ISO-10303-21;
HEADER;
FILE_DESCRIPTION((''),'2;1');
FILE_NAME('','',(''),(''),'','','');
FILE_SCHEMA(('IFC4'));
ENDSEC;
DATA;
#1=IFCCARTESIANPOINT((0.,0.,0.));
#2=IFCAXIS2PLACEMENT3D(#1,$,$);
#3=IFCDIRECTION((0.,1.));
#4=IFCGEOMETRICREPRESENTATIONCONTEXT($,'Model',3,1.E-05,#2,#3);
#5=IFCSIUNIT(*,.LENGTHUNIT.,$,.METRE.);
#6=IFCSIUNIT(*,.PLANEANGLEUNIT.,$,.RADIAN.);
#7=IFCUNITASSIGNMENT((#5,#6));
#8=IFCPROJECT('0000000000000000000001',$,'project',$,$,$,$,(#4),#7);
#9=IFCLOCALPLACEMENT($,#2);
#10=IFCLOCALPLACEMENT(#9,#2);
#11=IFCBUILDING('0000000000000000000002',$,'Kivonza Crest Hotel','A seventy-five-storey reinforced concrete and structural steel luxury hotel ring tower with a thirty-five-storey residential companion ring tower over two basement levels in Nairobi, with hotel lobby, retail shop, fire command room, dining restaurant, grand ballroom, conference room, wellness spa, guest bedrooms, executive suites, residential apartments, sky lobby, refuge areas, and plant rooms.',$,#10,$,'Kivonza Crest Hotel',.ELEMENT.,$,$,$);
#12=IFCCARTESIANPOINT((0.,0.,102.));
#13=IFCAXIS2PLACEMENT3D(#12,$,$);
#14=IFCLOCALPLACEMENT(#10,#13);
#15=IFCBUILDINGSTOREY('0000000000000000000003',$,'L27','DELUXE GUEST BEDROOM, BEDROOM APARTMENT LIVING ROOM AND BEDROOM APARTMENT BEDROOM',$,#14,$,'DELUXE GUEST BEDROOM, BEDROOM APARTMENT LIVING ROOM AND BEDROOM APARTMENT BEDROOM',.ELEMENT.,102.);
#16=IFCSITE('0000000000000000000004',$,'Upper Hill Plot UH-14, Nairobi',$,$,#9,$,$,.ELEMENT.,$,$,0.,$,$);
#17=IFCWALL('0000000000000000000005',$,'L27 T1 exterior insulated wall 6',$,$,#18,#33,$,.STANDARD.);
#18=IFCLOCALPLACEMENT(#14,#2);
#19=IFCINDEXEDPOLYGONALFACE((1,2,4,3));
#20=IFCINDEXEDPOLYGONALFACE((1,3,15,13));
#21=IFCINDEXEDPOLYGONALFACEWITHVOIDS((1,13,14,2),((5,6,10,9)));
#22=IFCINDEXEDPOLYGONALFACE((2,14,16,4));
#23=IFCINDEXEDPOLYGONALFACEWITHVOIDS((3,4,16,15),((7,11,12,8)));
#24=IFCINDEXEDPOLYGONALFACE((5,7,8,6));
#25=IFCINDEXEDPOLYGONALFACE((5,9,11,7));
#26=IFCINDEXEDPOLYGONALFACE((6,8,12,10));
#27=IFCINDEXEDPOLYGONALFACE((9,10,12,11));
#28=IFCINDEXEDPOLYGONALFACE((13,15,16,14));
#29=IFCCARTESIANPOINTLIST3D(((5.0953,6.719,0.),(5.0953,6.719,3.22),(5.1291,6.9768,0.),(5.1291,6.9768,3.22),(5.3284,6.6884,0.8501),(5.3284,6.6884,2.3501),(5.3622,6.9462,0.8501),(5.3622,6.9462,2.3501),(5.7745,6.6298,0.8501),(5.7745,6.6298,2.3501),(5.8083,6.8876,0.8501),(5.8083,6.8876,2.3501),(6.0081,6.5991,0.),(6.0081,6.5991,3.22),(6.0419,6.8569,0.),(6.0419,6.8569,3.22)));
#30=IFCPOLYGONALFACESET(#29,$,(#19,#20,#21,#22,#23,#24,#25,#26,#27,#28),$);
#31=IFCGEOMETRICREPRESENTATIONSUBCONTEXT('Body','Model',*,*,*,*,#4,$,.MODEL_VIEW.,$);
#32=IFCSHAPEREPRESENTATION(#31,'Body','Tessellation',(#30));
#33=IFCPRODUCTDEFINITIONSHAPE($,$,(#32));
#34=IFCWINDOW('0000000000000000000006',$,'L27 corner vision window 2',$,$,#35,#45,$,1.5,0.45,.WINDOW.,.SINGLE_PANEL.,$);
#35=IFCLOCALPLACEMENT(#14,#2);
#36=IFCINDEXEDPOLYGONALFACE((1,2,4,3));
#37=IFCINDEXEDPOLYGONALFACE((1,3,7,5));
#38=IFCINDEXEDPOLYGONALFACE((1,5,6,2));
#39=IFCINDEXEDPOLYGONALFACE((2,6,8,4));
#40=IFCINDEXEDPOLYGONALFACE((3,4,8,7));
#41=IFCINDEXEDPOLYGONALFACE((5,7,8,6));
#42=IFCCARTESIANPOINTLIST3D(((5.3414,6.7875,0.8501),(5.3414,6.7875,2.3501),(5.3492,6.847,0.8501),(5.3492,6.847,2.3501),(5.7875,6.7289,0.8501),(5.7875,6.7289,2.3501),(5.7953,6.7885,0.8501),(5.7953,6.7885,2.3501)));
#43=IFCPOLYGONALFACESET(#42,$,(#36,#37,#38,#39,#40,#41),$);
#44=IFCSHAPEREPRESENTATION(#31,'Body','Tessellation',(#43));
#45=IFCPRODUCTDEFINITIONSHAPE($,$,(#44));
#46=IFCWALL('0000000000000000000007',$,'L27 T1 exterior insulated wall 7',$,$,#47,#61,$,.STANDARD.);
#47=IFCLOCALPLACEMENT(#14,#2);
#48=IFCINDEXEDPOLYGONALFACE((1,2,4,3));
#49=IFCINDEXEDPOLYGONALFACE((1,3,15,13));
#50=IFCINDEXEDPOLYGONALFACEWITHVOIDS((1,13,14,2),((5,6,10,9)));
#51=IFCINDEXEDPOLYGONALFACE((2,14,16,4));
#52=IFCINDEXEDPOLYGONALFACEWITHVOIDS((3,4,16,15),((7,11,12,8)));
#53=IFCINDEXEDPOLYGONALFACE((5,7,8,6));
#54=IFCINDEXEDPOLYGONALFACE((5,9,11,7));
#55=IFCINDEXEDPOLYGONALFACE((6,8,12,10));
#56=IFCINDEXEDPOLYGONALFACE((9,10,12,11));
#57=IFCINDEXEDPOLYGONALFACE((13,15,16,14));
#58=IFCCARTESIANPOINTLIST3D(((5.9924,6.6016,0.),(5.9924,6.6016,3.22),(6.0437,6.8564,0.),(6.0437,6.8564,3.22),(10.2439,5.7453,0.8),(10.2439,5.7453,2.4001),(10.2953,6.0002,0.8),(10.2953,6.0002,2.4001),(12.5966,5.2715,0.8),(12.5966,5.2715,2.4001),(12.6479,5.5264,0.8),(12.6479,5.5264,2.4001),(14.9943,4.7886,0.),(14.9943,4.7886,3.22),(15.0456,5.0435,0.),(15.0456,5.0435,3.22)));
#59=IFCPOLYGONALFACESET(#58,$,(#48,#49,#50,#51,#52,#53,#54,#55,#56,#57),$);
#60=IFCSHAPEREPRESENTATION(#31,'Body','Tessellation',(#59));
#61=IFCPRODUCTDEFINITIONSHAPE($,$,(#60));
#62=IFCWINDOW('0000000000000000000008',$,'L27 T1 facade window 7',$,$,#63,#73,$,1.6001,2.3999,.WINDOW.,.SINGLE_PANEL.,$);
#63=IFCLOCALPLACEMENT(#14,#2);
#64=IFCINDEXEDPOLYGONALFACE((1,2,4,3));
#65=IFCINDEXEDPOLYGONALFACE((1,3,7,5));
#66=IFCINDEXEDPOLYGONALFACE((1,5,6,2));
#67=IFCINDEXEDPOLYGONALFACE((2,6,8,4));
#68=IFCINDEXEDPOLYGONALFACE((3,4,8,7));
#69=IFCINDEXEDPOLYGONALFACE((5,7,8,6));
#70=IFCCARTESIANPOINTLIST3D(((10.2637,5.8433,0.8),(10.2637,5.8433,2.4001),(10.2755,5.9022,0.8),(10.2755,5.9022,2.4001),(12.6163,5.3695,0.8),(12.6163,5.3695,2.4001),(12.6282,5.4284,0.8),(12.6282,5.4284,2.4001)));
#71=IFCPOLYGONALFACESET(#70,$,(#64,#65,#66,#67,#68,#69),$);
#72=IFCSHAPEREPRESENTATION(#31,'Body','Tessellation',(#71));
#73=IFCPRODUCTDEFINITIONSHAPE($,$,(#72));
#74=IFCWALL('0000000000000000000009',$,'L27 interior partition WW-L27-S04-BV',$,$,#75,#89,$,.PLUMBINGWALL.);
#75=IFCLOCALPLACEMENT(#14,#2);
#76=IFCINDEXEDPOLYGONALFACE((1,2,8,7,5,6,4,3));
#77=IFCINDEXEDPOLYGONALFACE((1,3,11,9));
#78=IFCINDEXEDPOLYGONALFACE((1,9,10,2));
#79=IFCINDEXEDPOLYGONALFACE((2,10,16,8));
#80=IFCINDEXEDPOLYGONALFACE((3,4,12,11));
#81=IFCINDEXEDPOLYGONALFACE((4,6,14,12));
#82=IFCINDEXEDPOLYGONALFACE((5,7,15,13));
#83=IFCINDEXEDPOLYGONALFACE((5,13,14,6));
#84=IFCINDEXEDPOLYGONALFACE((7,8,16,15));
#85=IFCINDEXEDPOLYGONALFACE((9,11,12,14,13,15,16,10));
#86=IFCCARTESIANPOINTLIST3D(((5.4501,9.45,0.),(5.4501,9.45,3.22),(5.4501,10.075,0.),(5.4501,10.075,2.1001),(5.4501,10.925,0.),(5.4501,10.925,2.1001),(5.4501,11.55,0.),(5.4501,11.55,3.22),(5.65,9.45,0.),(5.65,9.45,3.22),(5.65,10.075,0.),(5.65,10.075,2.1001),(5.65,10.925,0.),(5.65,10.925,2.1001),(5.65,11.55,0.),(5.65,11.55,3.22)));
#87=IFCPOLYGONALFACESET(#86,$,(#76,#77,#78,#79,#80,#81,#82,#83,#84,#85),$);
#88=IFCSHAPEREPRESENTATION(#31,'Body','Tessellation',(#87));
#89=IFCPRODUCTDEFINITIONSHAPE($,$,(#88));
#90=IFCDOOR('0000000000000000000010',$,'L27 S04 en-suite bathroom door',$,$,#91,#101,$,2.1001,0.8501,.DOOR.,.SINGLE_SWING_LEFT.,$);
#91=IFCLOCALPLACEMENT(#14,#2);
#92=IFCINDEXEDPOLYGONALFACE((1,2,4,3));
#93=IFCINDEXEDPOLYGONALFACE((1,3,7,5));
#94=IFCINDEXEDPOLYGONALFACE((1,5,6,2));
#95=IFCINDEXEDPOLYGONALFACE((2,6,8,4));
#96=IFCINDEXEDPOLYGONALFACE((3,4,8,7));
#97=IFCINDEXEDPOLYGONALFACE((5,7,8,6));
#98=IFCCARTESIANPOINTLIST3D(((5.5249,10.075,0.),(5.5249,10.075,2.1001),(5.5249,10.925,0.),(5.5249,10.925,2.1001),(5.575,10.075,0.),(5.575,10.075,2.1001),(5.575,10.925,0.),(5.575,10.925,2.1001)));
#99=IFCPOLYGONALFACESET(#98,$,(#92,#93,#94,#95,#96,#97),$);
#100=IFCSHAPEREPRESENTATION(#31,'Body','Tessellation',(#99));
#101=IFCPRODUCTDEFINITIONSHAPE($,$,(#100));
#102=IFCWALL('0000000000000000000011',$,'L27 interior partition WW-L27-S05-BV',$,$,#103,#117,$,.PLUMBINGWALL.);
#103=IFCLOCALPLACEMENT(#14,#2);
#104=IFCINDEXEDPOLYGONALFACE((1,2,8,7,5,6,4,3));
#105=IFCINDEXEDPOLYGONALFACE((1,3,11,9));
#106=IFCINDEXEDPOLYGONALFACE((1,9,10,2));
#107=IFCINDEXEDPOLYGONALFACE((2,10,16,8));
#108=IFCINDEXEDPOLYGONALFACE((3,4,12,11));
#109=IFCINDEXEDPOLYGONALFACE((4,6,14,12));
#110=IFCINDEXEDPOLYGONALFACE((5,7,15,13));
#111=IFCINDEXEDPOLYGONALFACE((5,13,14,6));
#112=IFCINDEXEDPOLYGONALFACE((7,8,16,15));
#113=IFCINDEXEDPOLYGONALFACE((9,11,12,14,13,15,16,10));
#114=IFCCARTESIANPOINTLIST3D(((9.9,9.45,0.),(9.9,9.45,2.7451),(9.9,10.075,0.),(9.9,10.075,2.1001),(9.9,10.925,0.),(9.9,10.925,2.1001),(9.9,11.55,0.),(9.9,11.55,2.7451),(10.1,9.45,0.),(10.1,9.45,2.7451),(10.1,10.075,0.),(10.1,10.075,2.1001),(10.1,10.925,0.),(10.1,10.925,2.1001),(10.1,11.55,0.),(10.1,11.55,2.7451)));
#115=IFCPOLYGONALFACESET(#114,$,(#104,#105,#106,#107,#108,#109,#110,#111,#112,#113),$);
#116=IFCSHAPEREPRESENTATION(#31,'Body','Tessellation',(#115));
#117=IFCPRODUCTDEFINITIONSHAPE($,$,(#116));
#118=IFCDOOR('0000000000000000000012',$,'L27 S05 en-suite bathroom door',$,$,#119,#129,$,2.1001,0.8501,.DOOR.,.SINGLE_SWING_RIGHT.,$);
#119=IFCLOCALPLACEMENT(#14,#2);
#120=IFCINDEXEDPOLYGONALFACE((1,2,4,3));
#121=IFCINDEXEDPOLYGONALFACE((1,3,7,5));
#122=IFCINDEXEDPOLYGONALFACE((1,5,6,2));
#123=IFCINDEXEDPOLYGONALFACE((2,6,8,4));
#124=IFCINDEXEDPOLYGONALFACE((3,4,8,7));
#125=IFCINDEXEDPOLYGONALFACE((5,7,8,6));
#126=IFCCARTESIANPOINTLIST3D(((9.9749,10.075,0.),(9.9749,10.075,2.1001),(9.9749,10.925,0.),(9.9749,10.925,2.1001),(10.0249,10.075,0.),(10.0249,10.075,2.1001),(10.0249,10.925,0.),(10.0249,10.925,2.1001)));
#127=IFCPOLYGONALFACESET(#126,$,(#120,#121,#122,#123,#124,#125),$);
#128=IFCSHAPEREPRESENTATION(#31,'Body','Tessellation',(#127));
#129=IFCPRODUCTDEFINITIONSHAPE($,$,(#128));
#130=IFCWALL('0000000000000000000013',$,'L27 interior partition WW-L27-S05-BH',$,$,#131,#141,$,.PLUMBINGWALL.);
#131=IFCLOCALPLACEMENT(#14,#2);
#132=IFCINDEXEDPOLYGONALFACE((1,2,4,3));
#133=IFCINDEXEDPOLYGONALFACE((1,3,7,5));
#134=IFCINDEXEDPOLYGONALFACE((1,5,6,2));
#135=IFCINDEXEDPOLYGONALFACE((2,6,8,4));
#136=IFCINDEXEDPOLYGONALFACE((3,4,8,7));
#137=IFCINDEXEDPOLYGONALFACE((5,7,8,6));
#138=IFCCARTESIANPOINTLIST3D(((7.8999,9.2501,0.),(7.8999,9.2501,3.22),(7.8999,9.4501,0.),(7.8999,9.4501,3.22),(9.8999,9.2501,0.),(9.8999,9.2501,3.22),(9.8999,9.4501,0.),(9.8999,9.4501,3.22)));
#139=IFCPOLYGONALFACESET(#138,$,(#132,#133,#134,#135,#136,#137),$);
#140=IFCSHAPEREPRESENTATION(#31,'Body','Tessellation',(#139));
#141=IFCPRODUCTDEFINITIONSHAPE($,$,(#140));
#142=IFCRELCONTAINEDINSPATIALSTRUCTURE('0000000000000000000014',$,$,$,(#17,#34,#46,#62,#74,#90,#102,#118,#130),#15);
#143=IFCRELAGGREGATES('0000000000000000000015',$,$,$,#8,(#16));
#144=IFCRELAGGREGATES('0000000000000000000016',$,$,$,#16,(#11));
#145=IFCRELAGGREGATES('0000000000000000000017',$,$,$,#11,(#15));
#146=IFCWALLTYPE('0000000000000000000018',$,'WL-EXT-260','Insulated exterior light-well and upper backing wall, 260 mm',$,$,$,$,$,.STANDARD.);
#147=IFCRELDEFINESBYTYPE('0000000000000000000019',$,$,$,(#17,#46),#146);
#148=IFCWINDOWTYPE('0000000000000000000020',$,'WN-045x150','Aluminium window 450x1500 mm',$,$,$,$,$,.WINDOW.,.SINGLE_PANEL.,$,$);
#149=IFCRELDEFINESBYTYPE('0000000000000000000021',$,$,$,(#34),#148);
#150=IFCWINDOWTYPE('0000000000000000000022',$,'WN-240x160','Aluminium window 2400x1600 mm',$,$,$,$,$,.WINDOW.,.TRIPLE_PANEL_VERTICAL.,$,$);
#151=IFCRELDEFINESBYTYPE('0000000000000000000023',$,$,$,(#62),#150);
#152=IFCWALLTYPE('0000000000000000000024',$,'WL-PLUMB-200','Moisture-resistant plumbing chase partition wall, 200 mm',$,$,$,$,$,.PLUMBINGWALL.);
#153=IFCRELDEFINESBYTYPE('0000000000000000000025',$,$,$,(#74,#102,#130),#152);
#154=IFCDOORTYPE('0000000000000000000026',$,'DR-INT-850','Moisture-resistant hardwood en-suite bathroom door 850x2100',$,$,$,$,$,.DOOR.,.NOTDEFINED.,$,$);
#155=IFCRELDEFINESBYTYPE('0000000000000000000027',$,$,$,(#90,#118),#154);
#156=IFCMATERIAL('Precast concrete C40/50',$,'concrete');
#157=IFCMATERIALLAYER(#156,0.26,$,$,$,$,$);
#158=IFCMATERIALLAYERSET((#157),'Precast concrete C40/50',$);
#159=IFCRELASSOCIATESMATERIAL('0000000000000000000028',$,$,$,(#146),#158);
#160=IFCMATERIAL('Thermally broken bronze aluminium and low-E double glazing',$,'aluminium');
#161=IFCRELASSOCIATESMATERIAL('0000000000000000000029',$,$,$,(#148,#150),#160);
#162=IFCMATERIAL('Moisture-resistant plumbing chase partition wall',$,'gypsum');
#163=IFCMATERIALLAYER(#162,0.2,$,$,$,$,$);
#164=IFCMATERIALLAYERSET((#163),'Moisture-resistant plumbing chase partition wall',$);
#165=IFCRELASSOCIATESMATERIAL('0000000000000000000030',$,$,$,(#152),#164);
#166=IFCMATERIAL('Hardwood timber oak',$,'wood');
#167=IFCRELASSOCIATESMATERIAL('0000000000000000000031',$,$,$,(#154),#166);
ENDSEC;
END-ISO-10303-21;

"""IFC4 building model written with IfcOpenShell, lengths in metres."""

from ifc_helpers import new_model, si_unit, direction, frame, frame_2d, origin, place, context, subcontext, project, spatial, rectangle, extrude, material, layer, layer_set, type_object, element, fill, save


model = new_model("IFC4")

# Units and contexts
model_context = context("Model", 3, precision=1e-05, world=origin(), true_north=direction((0.0, 1.0)))
body_context = subcontext(model_context, "Body", "Model", "MODEL_VIEW")
ifc_project = project(units=[si_unit("LENGTHUNIT", "METRE"), si_unit("PLANEANGLEUNIT", "RADIAN")], contexts=[model_context])

# Site, building, storey
site_placement = place(None, origin())
site = spatial("IfcSite", under=ifc_project, at=site_placement, Name="Upper Hill Plot UH-14, Nairobi", CompositionType="ELEMENT", RefElevation=0.0)
building_placement = place(site_placement, origin())
building = spatial("IfcBuilding", under=site, at=building_placement, Name="Kivonza Crest Hotel", Description="A seventy-five-storey reinforced concrete and structural steel luxury hotel ring tower with a thirty-five-storey residential companion ring tower over two basement levels in Nairobi, with hotel lobby, retail shop, fire command room, dining restaurant, grand ballroom, conference room, wellness spa, guest bedrooms, executive suites, residential apartments, sky lobby, refuge areas, and plant rooms.", LongName="Kivonza Crest Hotel", CompositionType="ELEMENT")
storey_placement = place(building_placement, frame((0.0, 0.0, 102.0)))
storey = spatial("IfcBuildingStorey", under=building, at=storey_placement, Name="L27", Description="DELUXE GUEST BEDROOM, BEDROOM APARTMENT LIVING ROOM AND BEDROOM APARTMENT BEDROOM", LongName="DELUXE GUEST BEDROOM, BEDROOM APARTMENT LIVING ROOM AND BEDROOM APARTMENT BEDROOM", CompositionType="ELEMENT", Elevation=102.0)

# Shared definitions
ifc_material_1 = material(Name="Hardwood timber oak", Category="wood")

# Walls, openings, windows
ifc_material_2 = material(Name="Precast concrete C40/50", Category="concrete")
ifc_layer_1 = layer(ifc_material_2, 0.26)
ifc_layer_set_1 = layer_set([ifc_layer_1], Name="Precast concrete C40/50")
wall_type_1 = type_object("IfcWallType", Name="WL-EXT-260", Description="Insulated exterior light-well and upper backing wall, 260 mm", PredefinedType="STANDARD", material=ifc_layer_set_1)
wall_1_placement = place(storey_placement, frame((5.1121, 6.8479, 0.0), z_axis=(0.0, 0.0, 1.0), x_axis=(0.991488, -0.130201, 0.0)))
wall_1 = element("IfcWall", 1, at=wall_1_placement, inside=storey, type_object=wall_type_1, Name="L27 T1 exterior insulated wall 6", PredefinedType="STANDARD", context=body_context, shape_type="SweptSolid", body=[
    extrude(rectangle(XDim=0.9207, YDim=0.26, at=frame_2d((0.4604, 0.0))), origin(), (0.0, 0.0, 1.0), 3.22),
])
opening_1_placement = place(wall_1_placement, frame((0.2351, 0.0, 0.8501)))
opening_1 = element("IfcOpeningElement", 2, at=opening_1_placement, cuts=wall_1, PredefinedType="OPENING", context=body_context, shape_type="SweptSolid", body=[
    extrude(rectangle(XDim=0.45, YDim=1.5, at=frame_2d((0.2251, 0.75))), frame((0.0, 0.1401, 0.0), z_axis=(0.0, -1.0, 0.0), x_axis=(1.0, 0.0, 0.0)), (0.0, 0.0, 1.0), 0.28),
])
ifc_material_3 = material(Name="Thermally broken bronze aluminium and low-E double glazing", Category="aluminium")
window_type_1 = type_object("IfcWindowType", Name="WN-045x150", Description="Aluminium window 450x1500 mm", PartitioningType="SINGLE_PANEL", PredefinedType="WINDOW", material=ifc_material_3)
window_1_placement = place(opening_1_placement, origin())
window_1 = element("IfcWindow", 3, at=window_1_placement, inside=storey, type_object=window_type_1, Name="L27 corner vision window 2", OverallHeight=1.5, OverallWidth=0.45, PartitioningType="SINGLE_PANEL", PredefinedType="WINDOW", context=body_context, shape_type="SweptSolid", body=[
    extrude(rectangle(XDim=0.45, YDim=1.5, at=frame_2d((0.2251, 0.75))), frame((0.0, 0.03, 0.0), z_axis=(0.0, -1.0, 0.0), x_axis=(1.0, 0.0, 0.0)), (0.0, 0.0, 1.0), 0.0601),
])
fill(opening_1, window_1)
wall_2_placement = place(storey_placement, frame((6.0181, 6.729, 0.0), z_axis=(0.0, 0.0, 1.0), x_axis=(0.980316, -0.197435, 0.0)))
wall_2 = element("IfcWall", 4, at=wall_2_placement, inside=storey, type_object=wall_type_1, Name="L27 T1 exterior insulated wall 7", PredefinedType="STANDARD", context=body_context, shape_type="SweptSolid", body=[
    extrude(rectangle(XDim=9.1826, YDim=0.26, at=frame_2d((4.5913, 0.0))), origin(), (0.0, 0.0, 1.0), 3.22),
])
opening_2_placement = place(wall_2_placement, frame((4.3369, 0.0, 0.8)))
opening_2 = element("IfcOpeningElement", 5, at=opening_2_placement, cuts=wall_2, PredefinedType="OPENING", context=body_context, shape_type="SweptSolid", body=[
    extrude(rectangle(XDim=2.3999, YDim=1.6001, at=frame_2d((1.2, 0.8))), frame((0.0, 0.1401, 0.0), z_axis=(0.0, -1.0, 0.0), x_axis=(1.0, 0.0, 0.0)), (0.0, 0.0, 1.0), 0.28),
])
window_type_2 = type_object("IfcWindowType", Name="WN-240x160", Description="Aluminium window 2400x1600 mm", PartitioningType="TRIPLE_PANEL_VERTICAL", PredefinedType="WINDOW", material=ifc_material_3)
window_2_placement = place(opening_2_placement, origin())
window_2 = element("IfcWindow", 6, at=window_2_placement, inside=storey, type_object=window_type_2, Name="L27 T1 facade window 7", OverallHeight=1.6001, OverallWidth=2.3999, PartitioningType="SINGLE_PANEL", PredefinedType="WINDOW", context=body_context, shape_type="SweptSolid", body=[
    extrude(rectangle(XDim=2.3999, YDim=1.6001, at=frame_2d((1.2, 0.8))), frame((0.0, 0.03, 0.0), z_axis=(0.0, -1.0, 0.0), x_axis=(1.0, 0.0, 0.0)), (0.0, 0.0, 1.0), 0.0601),
])
fill(opening_2, window_2)

# Walls, openings, doors
ifc_material_4 = material(Name="Moisture-resistant plumbing chase partition wall", Category="gypsum")
ifc_layer_2 = layer(ifc_material_4, 0.2)
ifc_layer_set_2 = layer_set([ifc_layer_2], Name="Moisture-resistant plumbing chase partition wall")
wall_type_2 = type_object("IfcWallType", Name="WL-PLUMB-200", Description="Moisture-resistant plumbing chase partition wall, 200 mm", PredefinedType="PLUMBINGWALL", material=ifc_layer_set_2)
wall_3_placement = place(storey_placement, frame((5.55, 9.45, 0.0), z_axis=(0.0, 0.0, 1.0), x_axis=(0.0, 1.0, 0.0)))
wall_3 = element("IfcWall", 7, at=wall_3_placement, inside=storey, type_object=wall_type_2, Name="L27 interior partition WW-L27-S04-BV", PredefinedType="PLUMBINGWALL", context=body_context, shape_type="SweptSolid", body=[
    extrude(rectangle(XDim=2.1001, YDim=0.2, at=frame_2d((1.05, 0.0))), origin(), (0.0, 0.0, 1.0), 3.22),
])
opening_3_placement = place(wall_3_placement, frame((0.625, 0.0, 0.0)))
opening_3 = element("IfcOpeningElement", 8, at=opening_3_placement, cuts=wall_3, PredefinedType="OPENING", context=body_context, shape_type="SweptSolid", body=[
    extrude(rectangle(XDim=0.8501, YDim=2.1001, at=frame_2d((0.425, 1.05))), frame((0.0, 0.1099, 0.0), z_axis=(0.0, -1.0, 0.0), x_axis=(1.0, 0.0, 0.0)), (0.0, 0.0, 1.0), 0.22),
])
door_type_1 = type_object("IfcDoorType", Name="DR-INT-850", Description="Moisture-resistant hardwood en-suite bathroom door 850x2100", OperationType="NOTDEFINED", PredefinedType="DOOR", material=ifc_material_1)
door_1_placement = place(opening_3_placement, frame((0.8501, 0.0, 0.0), z_axis=(0.0, 0.0, 1.0), x_axis=(-1.0, 0.0, 0.0)))
door_1 = element("IfcDoor", 9, at=door_1_placement, inside=storey, type_object=door_type_1, Name="L27 S04 en-suite bathroom door", OperationType="SINGLE_SWING_LEFT", OverallHeight=2.1001, OverallWidth=0.8501, PredefinedType="DOOR", context=body_context, shape_type="SweptSolid", body=[
    extrude(rectangle(XDim=0.8501, YDim=2.1001, at=frame_2d((0.425, 1.05))), frame((0.0, 0.0249, 0.0), z_axis=(0.0, -1.0, 0.0), x_axis=(1.0, 0.0, 0.0)), (0.0, 0.0, 1.0), 0.05),
])
fill(opening_3, door_1)
wall_4_placement = place(storey_placement, frame((10.0, 9.45, 0.0), z_axis=(0.0, 0.0, 1.0), x_axis=(0.0, 1.0, 0.0)))
wall_4 = element("IfcWall", 10, at=wall_4_placement, inside=storey, type_object=wall_type_2, Name="L27 interior partition WW-L27-S05-BV", PredefinedType="PLUMBINGWALL", context=body_context, shape_type="SweptSolid", body=[
    extrude(rectangle(XDim=2.1001, YDim=0.2, at=frame_2d((1.05, 0.0))), origin(), (0.0, 0.0, 1.0), 2.7451),
])
opening_4_placement = place(wall_4_placement, frame((0.625, 0.0, 0.0)))
opening_4 = element("IfcOpeningElement", 11, at=opening_4_placement, cuts=wall_4, PredefinedType="OPENING", context=body_context, shape_type="SweptSolid", body=[
    extrude(rectangle(XDim=0.8501, YDim=2.1001, at=frame_2d((0.425, 1.05))), frame((0.0, 0.1099, 0.0), z_axis=(0.0, -1.0, 0.0), x_axis=(1.0, 0.0, 0.0)), (0.0, 0.0, 1.0), 0.22),
])
door_2_placement = place(opening_4_placement, frame((0.8501, 0.0, 0.0), z_axis=(0.0, 0.0, 1.0), x_axis=(-1.0, 0.0, 0.0)))
door_2 = element("IfcDoor", 12, at=door_2_placement, inside=storey, type_object=door_type_1, Name="L27 S05 en-suite bathroom door", OperationType="SINGLE_SWING_RIGHT", OverallHeight=2.1001, OverallWidth=0.8501, PredefinedType="DOOR", context=body_context, shape_type="SweptSolid", body=[
    extrude(rectangle(XDim=0.8501, YDim=2.1001, at=frame_2d((0.425, 1.05))), frame((0.0, 0.0249, 0.0), z_axis=(0.0, -1.0, 0.0), x_axis=(1.0, 0.0, 0.0)), (0.0, 0.0, 1.0), 0.05),
])
fill(opening_4, door_2)

# Wall
wall_5_placement = place(storey_placement, frame((7.8999, 9.3501, 0.0), z_axis=(0.0, 0.0, 1.0), x_axis=(1.0, 0.0, 0.0)))
element("IfcWall", 13, at=wall_5_placement, inside=storey, type_object=wall_type_2, Name="L27 interior partition WW-L27-S05-BH", PredefinedType="PLUMBINGWALL", context=body_context, shape_type="SweptSolid", body=[
    extrude(rectangle(XDim=2.0, YDim=0.2, at=frame_2d((1.0, 0.0))), origin(), (0.0, 0.0, 1.0), 3.22),
])

save(model, "model.ifc")
